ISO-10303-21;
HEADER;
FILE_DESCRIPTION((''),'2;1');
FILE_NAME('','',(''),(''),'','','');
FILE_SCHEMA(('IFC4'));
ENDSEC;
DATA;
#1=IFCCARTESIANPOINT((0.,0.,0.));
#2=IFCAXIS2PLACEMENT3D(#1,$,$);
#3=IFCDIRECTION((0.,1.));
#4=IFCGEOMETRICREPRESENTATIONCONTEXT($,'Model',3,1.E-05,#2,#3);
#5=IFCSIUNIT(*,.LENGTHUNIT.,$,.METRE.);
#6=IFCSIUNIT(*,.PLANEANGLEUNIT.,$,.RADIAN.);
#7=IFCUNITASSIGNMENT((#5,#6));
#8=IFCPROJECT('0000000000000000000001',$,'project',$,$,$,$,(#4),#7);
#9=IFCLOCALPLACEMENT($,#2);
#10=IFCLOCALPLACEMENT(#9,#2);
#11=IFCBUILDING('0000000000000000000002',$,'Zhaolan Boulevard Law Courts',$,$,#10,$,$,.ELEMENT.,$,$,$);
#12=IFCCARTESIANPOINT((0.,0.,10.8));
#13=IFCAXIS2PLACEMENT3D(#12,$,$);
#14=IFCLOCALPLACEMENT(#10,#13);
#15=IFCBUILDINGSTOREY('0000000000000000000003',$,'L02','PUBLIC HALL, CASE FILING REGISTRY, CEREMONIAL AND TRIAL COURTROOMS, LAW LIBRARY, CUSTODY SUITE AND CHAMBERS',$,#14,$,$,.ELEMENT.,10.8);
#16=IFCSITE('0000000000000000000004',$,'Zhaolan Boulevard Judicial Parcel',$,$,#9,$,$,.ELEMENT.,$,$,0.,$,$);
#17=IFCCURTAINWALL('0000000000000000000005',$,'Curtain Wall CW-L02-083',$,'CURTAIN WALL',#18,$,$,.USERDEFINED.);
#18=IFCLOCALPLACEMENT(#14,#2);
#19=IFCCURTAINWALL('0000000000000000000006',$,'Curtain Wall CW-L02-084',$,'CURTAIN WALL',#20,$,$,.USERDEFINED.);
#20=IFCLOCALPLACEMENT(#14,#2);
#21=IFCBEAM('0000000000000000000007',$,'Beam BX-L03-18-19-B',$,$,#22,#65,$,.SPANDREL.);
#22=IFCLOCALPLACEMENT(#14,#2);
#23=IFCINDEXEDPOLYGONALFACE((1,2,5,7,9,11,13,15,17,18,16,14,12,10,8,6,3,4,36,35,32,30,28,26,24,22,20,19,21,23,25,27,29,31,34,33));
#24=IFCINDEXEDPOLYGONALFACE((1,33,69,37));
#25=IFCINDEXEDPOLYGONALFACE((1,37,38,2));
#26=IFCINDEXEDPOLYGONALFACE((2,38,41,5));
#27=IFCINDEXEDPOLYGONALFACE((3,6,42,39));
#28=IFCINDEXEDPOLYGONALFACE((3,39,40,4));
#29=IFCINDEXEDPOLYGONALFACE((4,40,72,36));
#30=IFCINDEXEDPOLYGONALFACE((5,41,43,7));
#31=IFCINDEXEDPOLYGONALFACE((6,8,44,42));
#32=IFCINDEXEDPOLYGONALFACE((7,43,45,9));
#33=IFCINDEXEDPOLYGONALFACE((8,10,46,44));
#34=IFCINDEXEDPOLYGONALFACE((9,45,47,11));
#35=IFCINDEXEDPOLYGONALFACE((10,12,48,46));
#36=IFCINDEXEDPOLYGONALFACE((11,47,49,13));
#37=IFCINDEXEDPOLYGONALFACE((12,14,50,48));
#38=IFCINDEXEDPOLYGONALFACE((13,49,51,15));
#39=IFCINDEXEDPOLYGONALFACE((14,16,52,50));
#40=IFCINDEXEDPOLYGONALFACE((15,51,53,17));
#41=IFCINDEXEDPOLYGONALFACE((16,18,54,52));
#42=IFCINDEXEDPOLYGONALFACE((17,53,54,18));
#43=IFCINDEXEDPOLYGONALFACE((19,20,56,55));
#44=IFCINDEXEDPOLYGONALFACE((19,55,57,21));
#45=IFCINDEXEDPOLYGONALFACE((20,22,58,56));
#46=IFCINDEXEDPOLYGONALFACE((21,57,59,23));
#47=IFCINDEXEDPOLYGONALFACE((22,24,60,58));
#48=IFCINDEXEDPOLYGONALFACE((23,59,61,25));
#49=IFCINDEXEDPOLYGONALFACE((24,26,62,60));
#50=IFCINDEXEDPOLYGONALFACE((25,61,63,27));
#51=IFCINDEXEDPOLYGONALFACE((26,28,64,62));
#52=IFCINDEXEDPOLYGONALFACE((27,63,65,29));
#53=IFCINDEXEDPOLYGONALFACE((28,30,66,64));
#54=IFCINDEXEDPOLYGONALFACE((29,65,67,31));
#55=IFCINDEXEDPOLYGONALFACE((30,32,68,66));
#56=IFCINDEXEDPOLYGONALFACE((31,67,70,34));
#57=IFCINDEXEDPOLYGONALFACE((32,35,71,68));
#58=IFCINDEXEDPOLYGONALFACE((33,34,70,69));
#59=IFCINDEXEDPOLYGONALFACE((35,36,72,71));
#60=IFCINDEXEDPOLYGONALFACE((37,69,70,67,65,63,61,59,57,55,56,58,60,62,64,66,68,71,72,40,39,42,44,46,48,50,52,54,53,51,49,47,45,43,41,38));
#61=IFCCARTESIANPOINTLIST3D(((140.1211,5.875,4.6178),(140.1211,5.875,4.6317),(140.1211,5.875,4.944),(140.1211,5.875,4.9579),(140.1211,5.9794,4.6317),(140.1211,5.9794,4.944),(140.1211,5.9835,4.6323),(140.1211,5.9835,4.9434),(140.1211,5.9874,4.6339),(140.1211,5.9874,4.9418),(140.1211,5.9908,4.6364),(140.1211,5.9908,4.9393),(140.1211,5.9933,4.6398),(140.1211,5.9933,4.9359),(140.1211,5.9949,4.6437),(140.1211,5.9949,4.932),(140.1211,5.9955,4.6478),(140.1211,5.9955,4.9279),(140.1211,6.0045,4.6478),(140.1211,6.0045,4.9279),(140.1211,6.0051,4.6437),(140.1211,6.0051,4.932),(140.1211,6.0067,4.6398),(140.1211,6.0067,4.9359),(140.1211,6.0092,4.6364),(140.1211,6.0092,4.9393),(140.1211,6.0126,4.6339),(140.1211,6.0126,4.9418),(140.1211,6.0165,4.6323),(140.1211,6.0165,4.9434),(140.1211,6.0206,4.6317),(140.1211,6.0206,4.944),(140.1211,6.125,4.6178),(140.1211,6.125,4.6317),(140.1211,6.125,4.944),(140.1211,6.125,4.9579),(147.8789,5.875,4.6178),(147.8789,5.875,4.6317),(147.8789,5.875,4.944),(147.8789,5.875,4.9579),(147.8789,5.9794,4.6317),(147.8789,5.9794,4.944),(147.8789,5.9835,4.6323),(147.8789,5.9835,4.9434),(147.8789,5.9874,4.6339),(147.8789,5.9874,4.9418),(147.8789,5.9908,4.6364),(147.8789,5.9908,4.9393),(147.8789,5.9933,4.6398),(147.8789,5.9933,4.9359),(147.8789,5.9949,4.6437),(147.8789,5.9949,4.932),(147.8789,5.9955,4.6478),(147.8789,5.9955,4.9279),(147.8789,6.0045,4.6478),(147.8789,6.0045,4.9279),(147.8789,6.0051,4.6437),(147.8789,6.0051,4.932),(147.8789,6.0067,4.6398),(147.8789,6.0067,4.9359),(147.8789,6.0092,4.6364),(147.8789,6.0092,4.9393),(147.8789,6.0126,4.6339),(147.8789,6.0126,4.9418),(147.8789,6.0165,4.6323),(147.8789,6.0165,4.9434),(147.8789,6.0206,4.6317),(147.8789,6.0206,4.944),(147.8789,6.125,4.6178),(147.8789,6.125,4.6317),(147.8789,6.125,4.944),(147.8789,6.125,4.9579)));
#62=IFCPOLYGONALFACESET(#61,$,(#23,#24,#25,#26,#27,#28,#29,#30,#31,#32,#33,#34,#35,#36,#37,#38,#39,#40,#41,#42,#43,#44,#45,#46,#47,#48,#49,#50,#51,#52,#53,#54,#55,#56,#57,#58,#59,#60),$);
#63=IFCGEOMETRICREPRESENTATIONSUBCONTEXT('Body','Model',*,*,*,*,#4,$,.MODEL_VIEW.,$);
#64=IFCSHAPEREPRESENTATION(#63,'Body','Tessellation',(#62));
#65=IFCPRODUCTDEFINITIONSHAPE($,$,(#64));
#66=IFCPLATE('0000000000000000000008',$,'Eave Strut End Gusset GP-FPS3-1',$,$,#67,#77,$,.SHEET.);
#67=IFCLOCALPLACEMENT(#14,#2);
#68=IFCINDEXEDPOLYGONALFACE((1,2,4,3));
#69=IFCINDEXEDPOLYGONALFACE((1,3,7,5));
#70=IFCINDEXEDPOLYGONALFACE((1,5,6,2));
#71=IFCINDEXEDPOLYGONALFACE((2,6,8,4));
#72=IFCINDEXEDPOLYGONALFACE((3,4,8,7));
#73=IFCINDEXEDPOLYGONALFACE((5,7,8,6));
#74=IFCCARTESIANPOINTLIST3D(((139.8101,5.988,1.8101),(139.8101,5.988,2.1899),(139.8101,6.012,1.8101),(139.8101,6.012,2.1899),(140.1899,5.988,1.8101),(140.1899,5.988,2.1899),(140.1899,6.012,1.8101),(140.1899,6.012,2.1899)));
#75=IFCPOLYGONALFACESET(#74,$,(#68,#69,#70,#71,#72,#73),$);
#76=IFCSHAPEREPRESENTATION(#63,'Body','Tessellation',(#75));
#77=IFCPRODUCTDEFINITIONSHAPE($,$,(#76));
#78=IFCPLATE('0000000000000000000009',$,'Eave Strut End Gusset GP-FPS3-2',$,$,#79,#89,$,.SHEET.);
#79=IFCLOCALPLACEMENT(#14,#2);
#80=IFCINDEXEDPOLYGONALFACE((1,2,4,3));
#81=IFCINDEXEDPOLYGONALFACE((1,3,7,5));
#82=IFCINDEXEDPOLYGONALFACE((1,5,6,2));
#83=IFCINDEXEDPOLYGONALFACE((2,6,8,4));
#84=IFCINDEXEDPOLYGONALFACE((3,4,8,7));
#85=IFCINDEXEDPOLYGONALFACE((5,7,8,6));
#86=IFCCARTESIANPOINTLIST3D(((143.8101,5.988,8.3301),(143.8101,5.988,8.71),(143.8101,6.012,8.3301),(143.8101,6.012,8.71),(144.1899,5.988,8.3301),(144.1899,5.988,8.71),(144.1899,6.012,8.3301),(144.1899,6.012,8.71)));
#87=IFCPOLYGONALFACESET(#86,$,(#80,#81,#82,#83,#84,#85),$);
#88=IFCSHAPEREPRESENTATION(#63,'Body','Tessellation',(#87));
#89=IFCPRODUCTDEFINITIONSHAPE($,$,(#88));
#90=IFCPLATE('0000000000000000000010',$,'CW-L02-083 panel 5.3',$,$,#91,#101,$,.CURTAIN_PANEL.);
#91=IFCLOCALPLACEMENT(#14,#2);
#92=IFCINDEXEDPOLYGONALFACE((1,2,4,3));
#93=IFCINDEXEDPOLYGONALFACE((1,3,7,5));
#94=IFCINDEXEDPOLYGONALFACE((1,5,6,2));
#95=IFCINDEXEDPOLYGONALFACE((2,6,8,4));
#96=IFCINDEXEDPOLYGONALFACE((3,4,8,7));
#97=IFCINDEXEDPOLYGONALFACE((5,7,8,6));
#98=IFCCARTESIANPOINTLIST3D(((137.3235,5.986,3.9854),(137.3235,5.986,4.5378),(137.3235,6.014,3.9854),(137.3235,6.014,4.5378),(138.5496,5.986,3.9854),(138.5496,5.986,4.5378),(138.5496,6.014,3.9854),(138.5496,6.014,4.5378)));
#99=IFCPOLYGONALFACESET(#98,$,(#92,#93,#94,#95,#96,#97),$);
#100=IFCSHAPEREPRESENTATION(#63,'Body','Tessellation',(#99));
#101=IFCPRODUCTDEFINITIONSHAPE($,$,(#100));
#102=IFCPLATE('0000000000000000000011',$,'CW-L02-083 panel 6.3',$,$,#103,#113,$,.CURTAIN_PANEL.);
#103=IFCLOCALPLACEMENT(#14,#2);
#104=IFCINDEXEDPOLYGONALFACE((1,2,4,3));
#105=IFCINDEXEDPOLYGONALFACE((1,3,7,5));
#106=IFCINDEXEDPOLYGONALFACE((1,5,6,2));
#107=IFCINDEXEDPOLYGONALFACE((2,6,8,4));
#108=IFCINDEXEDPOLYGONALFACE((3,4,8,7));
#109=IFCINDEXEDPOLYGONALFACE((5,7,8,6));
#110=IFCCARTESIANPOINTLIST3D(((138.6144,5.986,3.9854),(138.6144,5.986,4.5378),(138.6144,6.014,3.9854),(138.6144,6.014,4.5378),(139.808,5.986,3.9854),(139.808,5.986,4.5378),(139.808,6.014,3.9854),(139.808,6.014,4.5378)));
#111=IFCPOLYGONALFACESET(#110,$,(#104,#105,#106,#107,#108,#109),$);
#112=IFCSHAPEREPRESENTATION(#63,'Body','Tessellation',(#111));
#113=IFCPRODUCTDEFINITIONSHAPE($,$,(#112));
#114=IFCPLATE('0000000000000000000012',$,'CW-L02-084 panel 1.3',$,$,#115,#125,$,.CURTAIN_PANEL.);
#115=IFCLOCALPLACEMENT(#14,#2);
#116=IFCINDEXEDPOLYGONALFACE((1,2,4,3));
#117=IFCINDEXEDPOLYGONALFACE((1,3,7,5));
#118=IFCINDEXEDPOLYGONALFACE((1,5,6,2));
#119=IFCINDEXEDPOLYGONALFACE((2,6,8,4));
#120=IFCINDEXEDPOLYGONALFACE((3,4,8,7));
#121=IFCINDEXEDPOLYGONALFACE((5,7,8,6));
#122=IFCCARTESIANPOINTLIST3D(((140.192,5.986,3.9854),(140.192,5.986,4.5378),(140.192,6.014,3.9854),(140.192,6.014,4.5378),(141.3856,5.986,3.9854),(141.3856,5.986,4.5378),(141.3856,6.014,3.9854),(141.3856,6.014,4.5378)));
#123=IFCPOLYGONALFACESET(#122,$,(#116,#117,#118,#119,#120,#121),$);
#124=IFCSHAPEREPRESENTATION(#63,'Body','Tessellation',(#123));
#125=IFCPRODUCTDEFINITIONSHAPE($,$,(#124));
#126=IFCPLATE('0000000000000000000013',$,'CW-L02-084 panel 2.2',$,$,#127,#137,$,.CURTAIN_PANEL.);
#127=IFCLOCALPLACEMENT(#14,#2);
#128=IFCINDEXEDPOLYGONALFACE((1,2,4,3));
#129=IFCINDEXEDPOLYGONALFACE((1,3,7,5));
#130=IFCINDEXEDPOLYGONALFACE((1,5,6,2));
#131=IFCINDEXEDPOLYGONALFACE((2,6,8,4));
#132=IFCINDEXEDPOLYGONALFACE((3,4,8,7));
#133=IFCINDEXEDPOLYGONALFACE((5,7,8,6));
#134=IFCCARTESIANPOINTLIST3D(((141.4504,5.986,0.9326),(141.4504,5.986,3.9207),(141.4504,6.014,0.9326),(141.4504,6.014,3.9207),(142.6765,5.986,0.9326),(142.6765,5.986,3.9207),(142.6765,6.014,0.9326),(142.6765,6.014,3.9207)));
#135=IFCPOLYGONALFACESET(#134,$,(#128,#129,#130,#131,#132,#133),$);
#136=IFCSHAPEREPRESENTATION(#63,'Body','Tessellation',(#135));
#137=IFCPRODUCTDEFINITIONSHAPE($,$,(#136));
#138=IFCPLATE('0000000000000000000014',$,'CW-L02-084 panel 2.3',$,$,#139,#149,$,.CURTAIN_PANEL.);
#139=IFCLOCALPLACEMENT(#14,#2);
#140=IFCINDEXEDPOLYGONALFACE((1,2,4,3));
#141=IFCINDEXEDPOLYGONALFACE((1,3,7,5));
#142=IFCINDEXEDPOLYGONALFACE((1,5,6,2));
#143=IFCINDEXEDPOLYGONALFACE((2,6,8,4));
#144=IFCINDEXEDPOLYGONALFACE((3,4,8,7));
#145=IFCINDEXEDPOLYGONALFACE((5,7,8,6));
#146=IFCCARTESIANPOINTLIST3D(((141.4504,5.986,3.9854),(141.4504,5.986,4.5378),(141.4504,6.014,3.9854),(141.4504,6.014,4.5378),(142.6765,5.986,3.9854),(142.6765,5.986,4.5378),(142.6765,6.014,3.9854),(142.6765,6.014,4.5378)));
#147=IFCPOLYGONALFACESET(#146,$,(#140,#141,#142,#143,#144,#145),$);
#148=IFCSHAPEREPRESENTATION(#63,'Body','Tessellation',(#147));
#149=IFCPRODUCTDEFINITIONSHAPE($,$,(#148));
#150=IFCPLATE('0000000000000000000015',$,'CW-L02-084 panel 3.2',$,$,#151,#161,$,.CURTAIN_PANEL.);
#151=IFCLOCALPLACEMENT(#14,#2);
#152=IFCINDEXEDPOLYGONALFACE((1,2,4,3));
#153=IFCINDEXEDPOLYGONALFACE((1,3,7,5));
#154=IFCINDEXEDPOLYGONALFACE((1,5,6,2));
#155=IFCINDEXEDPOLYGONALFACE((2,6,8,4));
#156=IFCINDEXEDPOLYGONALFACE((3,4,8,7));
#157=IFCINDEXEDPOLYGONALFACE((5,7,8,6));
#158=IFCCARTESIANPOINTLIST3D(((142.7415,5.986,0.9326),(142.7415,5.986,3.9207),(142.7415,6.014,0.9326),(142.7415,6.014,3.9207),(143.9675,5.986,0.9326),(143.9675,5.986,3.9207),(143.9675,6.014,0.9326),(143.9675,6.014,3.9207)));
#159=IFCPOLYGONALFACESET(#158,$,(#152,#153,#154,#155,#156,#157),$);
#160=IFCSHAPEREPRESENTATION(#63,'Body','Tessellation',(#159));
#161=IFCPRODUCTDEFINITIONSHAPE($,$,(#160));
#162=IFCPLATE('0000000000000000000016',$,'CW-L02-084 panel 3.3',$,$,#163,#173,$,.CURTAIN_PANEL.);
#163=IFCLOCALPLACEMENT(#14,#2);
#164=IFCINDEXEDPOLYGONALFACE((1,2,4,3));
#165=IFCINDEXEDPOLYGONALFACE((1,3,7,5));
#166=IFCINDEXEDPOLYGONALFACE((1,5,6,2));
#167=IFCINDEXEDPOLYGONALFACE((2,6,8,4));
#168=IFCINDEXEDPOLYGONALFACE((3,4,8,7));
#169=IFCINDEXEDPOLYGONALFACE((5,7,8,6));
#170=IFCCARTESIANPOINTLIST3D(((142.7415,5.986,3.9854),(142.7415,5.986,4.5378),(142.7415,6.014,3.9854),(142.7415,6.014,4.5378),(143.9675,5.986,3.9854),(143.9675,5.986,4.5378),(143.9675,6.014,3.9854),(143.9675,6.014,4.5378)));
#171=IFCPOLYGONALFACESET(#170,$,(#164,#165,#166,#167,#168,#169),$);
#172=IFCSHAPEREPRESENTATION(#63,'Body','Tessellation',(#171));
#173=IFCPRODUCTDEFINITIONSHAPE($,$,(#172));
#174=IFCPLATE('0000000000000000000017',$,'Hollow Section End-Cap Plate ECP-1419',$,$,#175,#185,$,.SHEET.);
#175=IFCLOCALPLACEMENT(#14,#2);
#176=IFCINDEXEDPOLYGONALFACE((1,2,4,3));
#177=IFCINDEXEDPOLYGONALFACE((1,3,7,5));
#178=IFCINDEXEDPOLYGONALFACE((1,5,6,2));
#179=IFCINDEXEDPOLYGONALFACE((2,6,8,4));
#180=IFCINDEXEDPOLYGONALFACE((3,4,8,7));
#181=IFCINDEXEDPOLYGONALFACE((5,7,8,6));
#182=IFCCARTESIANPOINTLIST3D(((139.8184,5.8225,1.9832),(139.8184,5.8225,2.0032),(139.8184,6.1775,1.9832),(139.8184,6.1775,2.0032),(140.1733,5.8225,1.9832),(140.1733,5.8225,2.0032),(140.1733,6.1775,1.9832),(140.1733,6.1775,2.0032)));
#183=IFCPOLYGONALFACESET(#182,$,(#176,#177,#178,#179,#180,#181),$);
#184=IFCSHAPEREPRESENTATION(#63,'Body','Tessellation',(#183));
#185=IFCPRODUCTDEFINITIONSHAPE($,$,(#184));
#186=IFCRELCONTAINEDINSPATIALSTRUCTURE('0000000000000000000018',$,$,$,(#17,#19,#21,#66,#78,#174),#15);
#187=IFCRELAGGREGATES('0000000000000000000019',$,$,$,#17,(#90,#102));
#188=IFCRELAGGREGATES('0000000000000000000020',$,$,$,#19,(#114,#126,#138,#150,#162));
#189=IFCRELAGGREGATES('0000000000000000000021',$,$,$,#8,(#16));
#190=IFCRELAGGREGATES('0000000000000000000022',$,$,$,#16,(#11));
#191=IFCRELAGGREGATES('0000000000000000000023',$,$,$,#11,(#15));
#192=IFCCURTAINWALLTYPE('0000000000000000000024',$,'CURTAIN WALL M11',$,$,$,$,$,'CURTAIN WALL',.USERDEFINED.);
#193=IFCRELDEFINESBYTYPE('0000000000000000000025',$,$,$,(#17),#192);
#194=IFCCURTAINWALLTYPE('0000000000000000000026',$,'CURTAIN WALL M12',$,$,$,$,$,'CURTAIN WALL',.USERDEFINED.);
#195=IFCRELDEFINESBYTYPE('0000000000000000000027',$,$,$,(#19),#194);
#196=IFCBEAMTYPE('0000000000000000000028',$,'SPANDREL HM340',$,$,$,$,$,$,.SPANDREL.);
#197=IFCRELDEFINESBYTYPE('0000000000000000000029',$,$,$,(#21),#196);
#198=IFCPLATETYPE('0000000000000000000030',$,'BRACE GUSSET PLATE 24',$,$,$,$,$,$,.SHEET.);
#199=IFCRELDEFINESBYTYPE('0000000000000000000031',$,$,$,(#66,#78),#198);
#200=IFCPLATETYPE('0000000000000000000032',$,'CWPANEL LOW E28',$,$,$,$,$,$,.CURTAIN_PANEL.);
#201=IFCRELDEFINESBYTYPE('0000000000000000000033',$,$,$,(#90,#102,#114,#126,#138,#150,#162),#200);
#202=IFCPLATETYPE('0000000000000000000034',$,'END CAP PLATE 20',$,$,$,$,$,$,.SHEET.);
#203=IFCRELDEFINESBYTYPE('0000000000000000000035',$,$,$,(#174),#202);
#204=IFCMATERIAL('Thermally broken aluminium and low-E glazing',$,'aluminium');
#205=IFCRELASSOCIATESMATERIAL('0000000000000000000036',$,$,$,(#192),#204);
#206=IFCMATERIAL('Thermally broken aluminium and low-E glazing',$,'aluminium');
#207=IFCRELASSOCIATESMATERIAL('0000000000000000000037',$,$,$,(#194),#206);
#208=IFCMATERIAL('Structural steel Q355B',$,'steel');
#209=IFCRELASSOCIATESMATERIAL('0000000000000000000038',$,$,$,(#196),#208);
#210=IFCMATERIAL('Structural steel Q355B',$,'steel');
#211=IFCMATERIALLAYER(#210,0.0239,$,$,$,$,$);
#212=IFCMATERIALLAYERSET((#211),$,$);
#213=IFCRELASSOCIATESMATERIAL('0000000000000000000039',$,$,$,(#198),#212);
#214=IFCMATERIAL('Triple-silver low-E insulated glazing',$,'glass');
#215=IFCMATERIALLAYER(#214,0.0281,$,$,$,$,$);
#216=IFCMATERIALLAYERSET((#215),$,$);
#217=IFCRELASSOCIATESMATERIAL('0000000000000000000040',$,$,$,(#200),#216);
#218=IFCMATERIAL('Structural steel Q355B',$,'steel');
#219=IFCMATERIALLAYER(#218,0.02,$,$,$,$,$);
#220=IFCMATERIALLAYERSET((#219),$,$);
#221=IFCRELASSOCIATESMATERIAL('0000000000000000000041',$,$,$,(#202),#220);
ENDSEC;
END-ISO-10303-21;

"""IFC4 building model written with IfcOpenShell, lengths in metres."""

from ifc_helpers import new_model, si_unit, direction, frame, origin, origin_2d, place, context, subcontext, project, spatial, rectangle, i_section, extrude, material, layer, layer_set, material_profile, profile_set, type_object, element, aggregate, save


model = new_model("IFC4")

# Units and contexts
model_context = context("Model", 3, precision=1e-05, world=origin(), true_north=direction((0.0, 1.0)))
body_context = subcontext(model_context, "Body", "Model", "MODEL_VIEW")
ifc_project = project(units=[si_unit("LENGTHUNIT", "METRE"), si_unit("PLANEANGLEUNIT", "RADIAN")], contexts=[model_context])

# Site, building, storey
site_placement = place(None, origin())
site = spatial("IfcSite", under=ifc_project, at=site_placement, Name="Zhaolan Boulevard Judicial Parcel", CompositionType="ELEMENT", RefElevation=0.0)
building_placement = place(site_placement, origin())
building = spatial("IfcBuilding", under=site, at=building_placement, Name="Zhaolan Boulevard Law Courts", CompositionType="ELEMENT")
storey_placement = place(building_placement, frame((0.0, 0.0, 10.8)))
storey = spatial("IfcBuildingStorey", under=building, at=storey_placement, Name="L02", Description="PUBLIC HALL, CASE FILING REGISTRY, CEREMONIAL AND TRIAL COURTROOMS, LAW LIBRARY, CUSTODY SUITE AND CHAMBERS", CompositionType="ELEMENT", Elevation=10.8)

# Curtain walls
ifc_material_1 = material(Name="Thermally broken aluminium and low-E glazing", Category="aluminium")
curtain_wall_type_1 = type_object("IfcCurtainWallType", Name="CURTAIN WALL M11", ElementType="CURTAIN WALL", PredefinedType="USERDEFINED", material=ifc_material_1)
curtain_wall_1_placement = place(storey_placement, origin())
curtain_wall_1 = element("IfcCurtainWall", 1, at=curtain_wall_1_placement, inside=storey, type_object=curtain_wall_type_1, Name="Curtain Wall CW-L02-083", ObjectType="CURTAIN WALL", PredefinedType="USERDEFINED")
ifc_material_2 = material(Name="Thermally broken aluminium and low-E glazing", Category="aluminium")
curtain_wall_type_2 = type_object("IfcCurtainWallType", Name="CURTAIN WALL M12", ElementType="CURTAIN WALL", PredefinedType="USERDEFINED", material=ifc_material_2)
curtain_wall_2_placement = place(storey_placement, origin())
curtain_wall_2 = element("IfcCurtainWall", 2, at=curtain_wall_2_placement, inside=storey, type_object=curtain_wall_type_2, Name="Curtain Wall CW-L02-084", ObjectType="CURTAIN WALL", PredefinedType="USERDEFINED")

# Beam
ifc_material_3 = material(Name="Structural steel Q355B", Category="steel")
ifc_material_profile_1 = material_profile(ifc_material_3, i_section(OverallWidth=0.25, OverallDepth=0.3401, WebThickness=0.009, FlangeThickness=0.0139, FilletRadius=0.0161, at=origin_2d()), Name="HM340x250")
ifc_profile_set_1 = profile_set([ifc_material_profile_1], Name="Structural steel Q355B")
beam_type_1 = type_object("IfcBeamType", Name="SPANDREL HM340", PredefinedType="SPANDREL", material=ifc_profile_set_1)
beam_1_placement = place(storey_placement, frame((140.1211, 6.0, 4.7878), z_axis=(1.0, 0.0, 0.0), x_axis=(0.0, 1.0, 0.0)))
element("IfcBeam", 3, at=beam_1_placement, inside=storey, type_object=beam_type_1, Name="Beam BX-L03-18-19-B", PredefinedType="SPANDREL", context=body_context, shape_type="SweptSolid", body=[
    extrude(i_section(OverallWidth=0.25, OverallDepth=0.3401, WebThickness=0.009, FlangeThickness=0.0139, FilletRadius=0.0161, at=origin_2d()), origin(), (0.0, 0.0, 1.0), 7.7578),
])

# Plates
ifc_material_4 = material(Name="Structural steel Q355B", Category="steel")
ifc_layer_1 = layer(ifc_material_4, 0.0239)
ifc_layer_set_1 = layer_set([ifc_layer_1])
plate_type_1 = type_object("IfcPlateType", Name="BRACE GUSSET PLATE 24", PredefinedType="SHEET", material=ifc_layer_set_1)
for number, where, z_axis, x_axis, name in (
    (4, (140.0, 6.0, 1.8101), (0.0, 0.0, 1.0), (1.0, 0.0, 0.0), "Eave Strut End Gusset GP-FPS3-1"),
    (5, (144.0, 6.0, 8.3301), (0.0, 0.0, 1.0), (1.0, 0.0, 0.0), "Eave Strut End Gusset GP-FPS3-2"),
):
    element("IfcPlate", number, at=place(storey_placement, frame(where, z_axis=z_axis, x_axis=x_axis)), inside=storey, type_object=plate_type_1, Name=name, PredefinedType="SHEET", context=body_context, shape_type="SweptSolid", body=[
        extrude(rectangle(XDim=0.3799, YDim=0.0239, at=origin_2d()), origin(), (0.0, 0.0, 1.0), 0.3799),
    ])

# Plates
ifc_material_5 = material(Name="Triple-silver low-E insulated glazing", Category="glass")
ifc_layer_2 = layer(ifc_material_5, 0.0281)
ifc_layer_set_2 = layer_set([ifc_layer_2])
plate_type_2 = type_object("IfcPlateType", Name="CWPANEL LOW E28", PredefinedType="CURTAIN_PANEL", material=ifc_layer_set_2)
plate_1_placement = place(storey_placement, frame((137.9365, 6.0, 3.9854), z_axis=(0.0, 0.0, 1.0), x_axis=(1.0, 0.0, 0.0)))
plate_1 = element("IfcPlate", 6, at=plate_1_placement, type_object=plate_type_2, Name="CW-L02-083 panel 5.3", PredefinedType="CURTAIN_PANEL", context=body_context, shape_type="SweptSolid", body=[
    extrude(rectangle(XDim=1.2261, YDim=0.0281, at=origin_2d()), origin(), (0.0, 0.0, 1.0), 0.5525),
])
plate_2_placement = place(storey_placement, frame((139.2112, 6.0, 3.9854), z_axis=(0.0, 0.0, 1.0), x_axis=(1.0, 0.0, 0.0)))
plate_2 = element("IfcPlate", 7, at=plate_2_placement, type_object=plate_type_2, Name="CW-L02-083 panel 6.3", PredefinedType="CURTAIN_PANEL", context=body_context, shape_type="SweptSolid", body=[
    extrude(rectangle(XDim=1.1936, YDim=0.0281, at=origin_2d()), origin(), (0.0, 0.0, 1.0), 0.5525),
])
aggregate(curtain_wall_1, [plate_1, plate_2])
plate_3_placement = place(storey_placement, frame((140.7888, 6.0, 3.9854), z_axis=(0.0, 0.0, 1.0), x_axis=(1.0, 0.0, 0.0)))
plate_3 = element("IfcPlate", 8, at=plate_3_placement, type_object=plate_type_2, Name="CW-L02-084 panel 1.3", PredefinedType="CURTAIN_PANEL", context=body_context, shape_type="SweptSolid", body=[
    extrude(rectangle(XDim=1.1936, YDim=0.0281, at=origin_2d()), origin(), (0.0, 0.0, 1.0), 0.5525),
])
plate_4_placement = place(storey_placement, frame((142.0635, 6.0, 0.9326), z_axis=(0.0, 0.0, 1.0), x_axis=(1.0, 0.0, 0.0)))
plate_4 = element("IfcPlate", 9, at=plate_4_placement, type_object=plate_type_2, Name="CW-L02-084 panel 2.2", PredefinedType="CURTAIN_PANEL", context=body_context, shape_type="SweptSolid", body=[
    extrude(rectangle(XDim=1.2261, YDim=0.0281, at=origin_2d()), origin(), (0.0, 0.0, 1.0), 2.988),
])
plate_5_placement = place(storey_placement, frame((142.0635, 6.0, 3.9854), z_axis=(0.0, 0.0, 1.0), x_axis=(1.0, 0.0, 0.0)))
plate_5 = element("IfcPlate", 10, at=plate_5_placement, type_object=plate_type_2, Name="CW-L02-084 panel 2.3", PredefinedType="CURTAIN_PANEL", context=body_context, shape_type="SweptSolid", body=[
    extrude(rectangle(XDim=1.2261, YDim=0.0281, at=origin_2d()), origin(), (0.0, 0.0, 1.0), 0.5525),
])
plate_6_placement = place(storey_placement, frame((143.3545, 6.0, 0.9326), z_axis=(0.0, 0.0, 1.0), x_axis=(1.0, 0.0, 0.0)))
plate_6 = element("IfcPlate", 11, at=plate_6_placement, type_object=plate_type_2, Name="CW-L02-084 panel 3.2", PredefinedType="CURTAIN_PANEL", context=body_context, shape_type="SweptSolid", body=[
    extrude(rectangle(XDim=1.2261, YDim=0.0281, at=origin_2d()), origin(), (0.0, 0.0, 1.0), 2.988),
])
plate_7_placement = place(storey_placement, frame((143.3545, 6.0, 3.9854), z_axis=(0.0, 0.0, 1.0), x_axis=(1.0, 0.0, 0.0)))
plate_7 = element("IfcPlate", 12, at=plate_7_placement, type_object=plate_type_2, Name="CW-L02-084 panel 3.3", PredefinedType="CURTAIN_PANEL", context=body_context, shape_type="SweptSolid", body=[
    extrude(rectangle(XDim=1.2261, YDim=0.0281, at=origin_2d()), origin(), (0.0, 0.0, 1.0), 0.5525),
])
aggregate(curtain_wall_2, [plate_3, plate_4, plate_5, plate_6, plate_7])
ifc_material_6 = material(Name="Structural steel Q355B", Category="steel")
ifc_layer_3 = layer(ifc_material_6, 0.02)
ifc_layer_set_3 = layer_set([ifc_layer_3])
plate_type_3 = type_object("IfcPlateType", Name="END CAP PLATE 20", PredefinedType="SHEET", material=ifc_layer_set_3)
plate_8_placement = place(storey_placement, frame((139.9958, 6.0, 1.9832), z_axis=(0.0, 0.0, 1.0), x_axis=(1.0, 0.0, 0.0)))
element("IfcPlate", 13, at=plate_8_placement, inside=storey, type_object=plate_type_3, Name="Hollow Section End-Cap Plate ECP-1419", PredefinedType="SHEET", context=body_context, shape_type="SweptSolid", body=[
    extrude(rectangle(XDim=0.355, YDim=0.355, at=origin_2d()), origin(), (0.0, 0.0, 1.0), 0.02),
])

save(model, "model.ifc")
